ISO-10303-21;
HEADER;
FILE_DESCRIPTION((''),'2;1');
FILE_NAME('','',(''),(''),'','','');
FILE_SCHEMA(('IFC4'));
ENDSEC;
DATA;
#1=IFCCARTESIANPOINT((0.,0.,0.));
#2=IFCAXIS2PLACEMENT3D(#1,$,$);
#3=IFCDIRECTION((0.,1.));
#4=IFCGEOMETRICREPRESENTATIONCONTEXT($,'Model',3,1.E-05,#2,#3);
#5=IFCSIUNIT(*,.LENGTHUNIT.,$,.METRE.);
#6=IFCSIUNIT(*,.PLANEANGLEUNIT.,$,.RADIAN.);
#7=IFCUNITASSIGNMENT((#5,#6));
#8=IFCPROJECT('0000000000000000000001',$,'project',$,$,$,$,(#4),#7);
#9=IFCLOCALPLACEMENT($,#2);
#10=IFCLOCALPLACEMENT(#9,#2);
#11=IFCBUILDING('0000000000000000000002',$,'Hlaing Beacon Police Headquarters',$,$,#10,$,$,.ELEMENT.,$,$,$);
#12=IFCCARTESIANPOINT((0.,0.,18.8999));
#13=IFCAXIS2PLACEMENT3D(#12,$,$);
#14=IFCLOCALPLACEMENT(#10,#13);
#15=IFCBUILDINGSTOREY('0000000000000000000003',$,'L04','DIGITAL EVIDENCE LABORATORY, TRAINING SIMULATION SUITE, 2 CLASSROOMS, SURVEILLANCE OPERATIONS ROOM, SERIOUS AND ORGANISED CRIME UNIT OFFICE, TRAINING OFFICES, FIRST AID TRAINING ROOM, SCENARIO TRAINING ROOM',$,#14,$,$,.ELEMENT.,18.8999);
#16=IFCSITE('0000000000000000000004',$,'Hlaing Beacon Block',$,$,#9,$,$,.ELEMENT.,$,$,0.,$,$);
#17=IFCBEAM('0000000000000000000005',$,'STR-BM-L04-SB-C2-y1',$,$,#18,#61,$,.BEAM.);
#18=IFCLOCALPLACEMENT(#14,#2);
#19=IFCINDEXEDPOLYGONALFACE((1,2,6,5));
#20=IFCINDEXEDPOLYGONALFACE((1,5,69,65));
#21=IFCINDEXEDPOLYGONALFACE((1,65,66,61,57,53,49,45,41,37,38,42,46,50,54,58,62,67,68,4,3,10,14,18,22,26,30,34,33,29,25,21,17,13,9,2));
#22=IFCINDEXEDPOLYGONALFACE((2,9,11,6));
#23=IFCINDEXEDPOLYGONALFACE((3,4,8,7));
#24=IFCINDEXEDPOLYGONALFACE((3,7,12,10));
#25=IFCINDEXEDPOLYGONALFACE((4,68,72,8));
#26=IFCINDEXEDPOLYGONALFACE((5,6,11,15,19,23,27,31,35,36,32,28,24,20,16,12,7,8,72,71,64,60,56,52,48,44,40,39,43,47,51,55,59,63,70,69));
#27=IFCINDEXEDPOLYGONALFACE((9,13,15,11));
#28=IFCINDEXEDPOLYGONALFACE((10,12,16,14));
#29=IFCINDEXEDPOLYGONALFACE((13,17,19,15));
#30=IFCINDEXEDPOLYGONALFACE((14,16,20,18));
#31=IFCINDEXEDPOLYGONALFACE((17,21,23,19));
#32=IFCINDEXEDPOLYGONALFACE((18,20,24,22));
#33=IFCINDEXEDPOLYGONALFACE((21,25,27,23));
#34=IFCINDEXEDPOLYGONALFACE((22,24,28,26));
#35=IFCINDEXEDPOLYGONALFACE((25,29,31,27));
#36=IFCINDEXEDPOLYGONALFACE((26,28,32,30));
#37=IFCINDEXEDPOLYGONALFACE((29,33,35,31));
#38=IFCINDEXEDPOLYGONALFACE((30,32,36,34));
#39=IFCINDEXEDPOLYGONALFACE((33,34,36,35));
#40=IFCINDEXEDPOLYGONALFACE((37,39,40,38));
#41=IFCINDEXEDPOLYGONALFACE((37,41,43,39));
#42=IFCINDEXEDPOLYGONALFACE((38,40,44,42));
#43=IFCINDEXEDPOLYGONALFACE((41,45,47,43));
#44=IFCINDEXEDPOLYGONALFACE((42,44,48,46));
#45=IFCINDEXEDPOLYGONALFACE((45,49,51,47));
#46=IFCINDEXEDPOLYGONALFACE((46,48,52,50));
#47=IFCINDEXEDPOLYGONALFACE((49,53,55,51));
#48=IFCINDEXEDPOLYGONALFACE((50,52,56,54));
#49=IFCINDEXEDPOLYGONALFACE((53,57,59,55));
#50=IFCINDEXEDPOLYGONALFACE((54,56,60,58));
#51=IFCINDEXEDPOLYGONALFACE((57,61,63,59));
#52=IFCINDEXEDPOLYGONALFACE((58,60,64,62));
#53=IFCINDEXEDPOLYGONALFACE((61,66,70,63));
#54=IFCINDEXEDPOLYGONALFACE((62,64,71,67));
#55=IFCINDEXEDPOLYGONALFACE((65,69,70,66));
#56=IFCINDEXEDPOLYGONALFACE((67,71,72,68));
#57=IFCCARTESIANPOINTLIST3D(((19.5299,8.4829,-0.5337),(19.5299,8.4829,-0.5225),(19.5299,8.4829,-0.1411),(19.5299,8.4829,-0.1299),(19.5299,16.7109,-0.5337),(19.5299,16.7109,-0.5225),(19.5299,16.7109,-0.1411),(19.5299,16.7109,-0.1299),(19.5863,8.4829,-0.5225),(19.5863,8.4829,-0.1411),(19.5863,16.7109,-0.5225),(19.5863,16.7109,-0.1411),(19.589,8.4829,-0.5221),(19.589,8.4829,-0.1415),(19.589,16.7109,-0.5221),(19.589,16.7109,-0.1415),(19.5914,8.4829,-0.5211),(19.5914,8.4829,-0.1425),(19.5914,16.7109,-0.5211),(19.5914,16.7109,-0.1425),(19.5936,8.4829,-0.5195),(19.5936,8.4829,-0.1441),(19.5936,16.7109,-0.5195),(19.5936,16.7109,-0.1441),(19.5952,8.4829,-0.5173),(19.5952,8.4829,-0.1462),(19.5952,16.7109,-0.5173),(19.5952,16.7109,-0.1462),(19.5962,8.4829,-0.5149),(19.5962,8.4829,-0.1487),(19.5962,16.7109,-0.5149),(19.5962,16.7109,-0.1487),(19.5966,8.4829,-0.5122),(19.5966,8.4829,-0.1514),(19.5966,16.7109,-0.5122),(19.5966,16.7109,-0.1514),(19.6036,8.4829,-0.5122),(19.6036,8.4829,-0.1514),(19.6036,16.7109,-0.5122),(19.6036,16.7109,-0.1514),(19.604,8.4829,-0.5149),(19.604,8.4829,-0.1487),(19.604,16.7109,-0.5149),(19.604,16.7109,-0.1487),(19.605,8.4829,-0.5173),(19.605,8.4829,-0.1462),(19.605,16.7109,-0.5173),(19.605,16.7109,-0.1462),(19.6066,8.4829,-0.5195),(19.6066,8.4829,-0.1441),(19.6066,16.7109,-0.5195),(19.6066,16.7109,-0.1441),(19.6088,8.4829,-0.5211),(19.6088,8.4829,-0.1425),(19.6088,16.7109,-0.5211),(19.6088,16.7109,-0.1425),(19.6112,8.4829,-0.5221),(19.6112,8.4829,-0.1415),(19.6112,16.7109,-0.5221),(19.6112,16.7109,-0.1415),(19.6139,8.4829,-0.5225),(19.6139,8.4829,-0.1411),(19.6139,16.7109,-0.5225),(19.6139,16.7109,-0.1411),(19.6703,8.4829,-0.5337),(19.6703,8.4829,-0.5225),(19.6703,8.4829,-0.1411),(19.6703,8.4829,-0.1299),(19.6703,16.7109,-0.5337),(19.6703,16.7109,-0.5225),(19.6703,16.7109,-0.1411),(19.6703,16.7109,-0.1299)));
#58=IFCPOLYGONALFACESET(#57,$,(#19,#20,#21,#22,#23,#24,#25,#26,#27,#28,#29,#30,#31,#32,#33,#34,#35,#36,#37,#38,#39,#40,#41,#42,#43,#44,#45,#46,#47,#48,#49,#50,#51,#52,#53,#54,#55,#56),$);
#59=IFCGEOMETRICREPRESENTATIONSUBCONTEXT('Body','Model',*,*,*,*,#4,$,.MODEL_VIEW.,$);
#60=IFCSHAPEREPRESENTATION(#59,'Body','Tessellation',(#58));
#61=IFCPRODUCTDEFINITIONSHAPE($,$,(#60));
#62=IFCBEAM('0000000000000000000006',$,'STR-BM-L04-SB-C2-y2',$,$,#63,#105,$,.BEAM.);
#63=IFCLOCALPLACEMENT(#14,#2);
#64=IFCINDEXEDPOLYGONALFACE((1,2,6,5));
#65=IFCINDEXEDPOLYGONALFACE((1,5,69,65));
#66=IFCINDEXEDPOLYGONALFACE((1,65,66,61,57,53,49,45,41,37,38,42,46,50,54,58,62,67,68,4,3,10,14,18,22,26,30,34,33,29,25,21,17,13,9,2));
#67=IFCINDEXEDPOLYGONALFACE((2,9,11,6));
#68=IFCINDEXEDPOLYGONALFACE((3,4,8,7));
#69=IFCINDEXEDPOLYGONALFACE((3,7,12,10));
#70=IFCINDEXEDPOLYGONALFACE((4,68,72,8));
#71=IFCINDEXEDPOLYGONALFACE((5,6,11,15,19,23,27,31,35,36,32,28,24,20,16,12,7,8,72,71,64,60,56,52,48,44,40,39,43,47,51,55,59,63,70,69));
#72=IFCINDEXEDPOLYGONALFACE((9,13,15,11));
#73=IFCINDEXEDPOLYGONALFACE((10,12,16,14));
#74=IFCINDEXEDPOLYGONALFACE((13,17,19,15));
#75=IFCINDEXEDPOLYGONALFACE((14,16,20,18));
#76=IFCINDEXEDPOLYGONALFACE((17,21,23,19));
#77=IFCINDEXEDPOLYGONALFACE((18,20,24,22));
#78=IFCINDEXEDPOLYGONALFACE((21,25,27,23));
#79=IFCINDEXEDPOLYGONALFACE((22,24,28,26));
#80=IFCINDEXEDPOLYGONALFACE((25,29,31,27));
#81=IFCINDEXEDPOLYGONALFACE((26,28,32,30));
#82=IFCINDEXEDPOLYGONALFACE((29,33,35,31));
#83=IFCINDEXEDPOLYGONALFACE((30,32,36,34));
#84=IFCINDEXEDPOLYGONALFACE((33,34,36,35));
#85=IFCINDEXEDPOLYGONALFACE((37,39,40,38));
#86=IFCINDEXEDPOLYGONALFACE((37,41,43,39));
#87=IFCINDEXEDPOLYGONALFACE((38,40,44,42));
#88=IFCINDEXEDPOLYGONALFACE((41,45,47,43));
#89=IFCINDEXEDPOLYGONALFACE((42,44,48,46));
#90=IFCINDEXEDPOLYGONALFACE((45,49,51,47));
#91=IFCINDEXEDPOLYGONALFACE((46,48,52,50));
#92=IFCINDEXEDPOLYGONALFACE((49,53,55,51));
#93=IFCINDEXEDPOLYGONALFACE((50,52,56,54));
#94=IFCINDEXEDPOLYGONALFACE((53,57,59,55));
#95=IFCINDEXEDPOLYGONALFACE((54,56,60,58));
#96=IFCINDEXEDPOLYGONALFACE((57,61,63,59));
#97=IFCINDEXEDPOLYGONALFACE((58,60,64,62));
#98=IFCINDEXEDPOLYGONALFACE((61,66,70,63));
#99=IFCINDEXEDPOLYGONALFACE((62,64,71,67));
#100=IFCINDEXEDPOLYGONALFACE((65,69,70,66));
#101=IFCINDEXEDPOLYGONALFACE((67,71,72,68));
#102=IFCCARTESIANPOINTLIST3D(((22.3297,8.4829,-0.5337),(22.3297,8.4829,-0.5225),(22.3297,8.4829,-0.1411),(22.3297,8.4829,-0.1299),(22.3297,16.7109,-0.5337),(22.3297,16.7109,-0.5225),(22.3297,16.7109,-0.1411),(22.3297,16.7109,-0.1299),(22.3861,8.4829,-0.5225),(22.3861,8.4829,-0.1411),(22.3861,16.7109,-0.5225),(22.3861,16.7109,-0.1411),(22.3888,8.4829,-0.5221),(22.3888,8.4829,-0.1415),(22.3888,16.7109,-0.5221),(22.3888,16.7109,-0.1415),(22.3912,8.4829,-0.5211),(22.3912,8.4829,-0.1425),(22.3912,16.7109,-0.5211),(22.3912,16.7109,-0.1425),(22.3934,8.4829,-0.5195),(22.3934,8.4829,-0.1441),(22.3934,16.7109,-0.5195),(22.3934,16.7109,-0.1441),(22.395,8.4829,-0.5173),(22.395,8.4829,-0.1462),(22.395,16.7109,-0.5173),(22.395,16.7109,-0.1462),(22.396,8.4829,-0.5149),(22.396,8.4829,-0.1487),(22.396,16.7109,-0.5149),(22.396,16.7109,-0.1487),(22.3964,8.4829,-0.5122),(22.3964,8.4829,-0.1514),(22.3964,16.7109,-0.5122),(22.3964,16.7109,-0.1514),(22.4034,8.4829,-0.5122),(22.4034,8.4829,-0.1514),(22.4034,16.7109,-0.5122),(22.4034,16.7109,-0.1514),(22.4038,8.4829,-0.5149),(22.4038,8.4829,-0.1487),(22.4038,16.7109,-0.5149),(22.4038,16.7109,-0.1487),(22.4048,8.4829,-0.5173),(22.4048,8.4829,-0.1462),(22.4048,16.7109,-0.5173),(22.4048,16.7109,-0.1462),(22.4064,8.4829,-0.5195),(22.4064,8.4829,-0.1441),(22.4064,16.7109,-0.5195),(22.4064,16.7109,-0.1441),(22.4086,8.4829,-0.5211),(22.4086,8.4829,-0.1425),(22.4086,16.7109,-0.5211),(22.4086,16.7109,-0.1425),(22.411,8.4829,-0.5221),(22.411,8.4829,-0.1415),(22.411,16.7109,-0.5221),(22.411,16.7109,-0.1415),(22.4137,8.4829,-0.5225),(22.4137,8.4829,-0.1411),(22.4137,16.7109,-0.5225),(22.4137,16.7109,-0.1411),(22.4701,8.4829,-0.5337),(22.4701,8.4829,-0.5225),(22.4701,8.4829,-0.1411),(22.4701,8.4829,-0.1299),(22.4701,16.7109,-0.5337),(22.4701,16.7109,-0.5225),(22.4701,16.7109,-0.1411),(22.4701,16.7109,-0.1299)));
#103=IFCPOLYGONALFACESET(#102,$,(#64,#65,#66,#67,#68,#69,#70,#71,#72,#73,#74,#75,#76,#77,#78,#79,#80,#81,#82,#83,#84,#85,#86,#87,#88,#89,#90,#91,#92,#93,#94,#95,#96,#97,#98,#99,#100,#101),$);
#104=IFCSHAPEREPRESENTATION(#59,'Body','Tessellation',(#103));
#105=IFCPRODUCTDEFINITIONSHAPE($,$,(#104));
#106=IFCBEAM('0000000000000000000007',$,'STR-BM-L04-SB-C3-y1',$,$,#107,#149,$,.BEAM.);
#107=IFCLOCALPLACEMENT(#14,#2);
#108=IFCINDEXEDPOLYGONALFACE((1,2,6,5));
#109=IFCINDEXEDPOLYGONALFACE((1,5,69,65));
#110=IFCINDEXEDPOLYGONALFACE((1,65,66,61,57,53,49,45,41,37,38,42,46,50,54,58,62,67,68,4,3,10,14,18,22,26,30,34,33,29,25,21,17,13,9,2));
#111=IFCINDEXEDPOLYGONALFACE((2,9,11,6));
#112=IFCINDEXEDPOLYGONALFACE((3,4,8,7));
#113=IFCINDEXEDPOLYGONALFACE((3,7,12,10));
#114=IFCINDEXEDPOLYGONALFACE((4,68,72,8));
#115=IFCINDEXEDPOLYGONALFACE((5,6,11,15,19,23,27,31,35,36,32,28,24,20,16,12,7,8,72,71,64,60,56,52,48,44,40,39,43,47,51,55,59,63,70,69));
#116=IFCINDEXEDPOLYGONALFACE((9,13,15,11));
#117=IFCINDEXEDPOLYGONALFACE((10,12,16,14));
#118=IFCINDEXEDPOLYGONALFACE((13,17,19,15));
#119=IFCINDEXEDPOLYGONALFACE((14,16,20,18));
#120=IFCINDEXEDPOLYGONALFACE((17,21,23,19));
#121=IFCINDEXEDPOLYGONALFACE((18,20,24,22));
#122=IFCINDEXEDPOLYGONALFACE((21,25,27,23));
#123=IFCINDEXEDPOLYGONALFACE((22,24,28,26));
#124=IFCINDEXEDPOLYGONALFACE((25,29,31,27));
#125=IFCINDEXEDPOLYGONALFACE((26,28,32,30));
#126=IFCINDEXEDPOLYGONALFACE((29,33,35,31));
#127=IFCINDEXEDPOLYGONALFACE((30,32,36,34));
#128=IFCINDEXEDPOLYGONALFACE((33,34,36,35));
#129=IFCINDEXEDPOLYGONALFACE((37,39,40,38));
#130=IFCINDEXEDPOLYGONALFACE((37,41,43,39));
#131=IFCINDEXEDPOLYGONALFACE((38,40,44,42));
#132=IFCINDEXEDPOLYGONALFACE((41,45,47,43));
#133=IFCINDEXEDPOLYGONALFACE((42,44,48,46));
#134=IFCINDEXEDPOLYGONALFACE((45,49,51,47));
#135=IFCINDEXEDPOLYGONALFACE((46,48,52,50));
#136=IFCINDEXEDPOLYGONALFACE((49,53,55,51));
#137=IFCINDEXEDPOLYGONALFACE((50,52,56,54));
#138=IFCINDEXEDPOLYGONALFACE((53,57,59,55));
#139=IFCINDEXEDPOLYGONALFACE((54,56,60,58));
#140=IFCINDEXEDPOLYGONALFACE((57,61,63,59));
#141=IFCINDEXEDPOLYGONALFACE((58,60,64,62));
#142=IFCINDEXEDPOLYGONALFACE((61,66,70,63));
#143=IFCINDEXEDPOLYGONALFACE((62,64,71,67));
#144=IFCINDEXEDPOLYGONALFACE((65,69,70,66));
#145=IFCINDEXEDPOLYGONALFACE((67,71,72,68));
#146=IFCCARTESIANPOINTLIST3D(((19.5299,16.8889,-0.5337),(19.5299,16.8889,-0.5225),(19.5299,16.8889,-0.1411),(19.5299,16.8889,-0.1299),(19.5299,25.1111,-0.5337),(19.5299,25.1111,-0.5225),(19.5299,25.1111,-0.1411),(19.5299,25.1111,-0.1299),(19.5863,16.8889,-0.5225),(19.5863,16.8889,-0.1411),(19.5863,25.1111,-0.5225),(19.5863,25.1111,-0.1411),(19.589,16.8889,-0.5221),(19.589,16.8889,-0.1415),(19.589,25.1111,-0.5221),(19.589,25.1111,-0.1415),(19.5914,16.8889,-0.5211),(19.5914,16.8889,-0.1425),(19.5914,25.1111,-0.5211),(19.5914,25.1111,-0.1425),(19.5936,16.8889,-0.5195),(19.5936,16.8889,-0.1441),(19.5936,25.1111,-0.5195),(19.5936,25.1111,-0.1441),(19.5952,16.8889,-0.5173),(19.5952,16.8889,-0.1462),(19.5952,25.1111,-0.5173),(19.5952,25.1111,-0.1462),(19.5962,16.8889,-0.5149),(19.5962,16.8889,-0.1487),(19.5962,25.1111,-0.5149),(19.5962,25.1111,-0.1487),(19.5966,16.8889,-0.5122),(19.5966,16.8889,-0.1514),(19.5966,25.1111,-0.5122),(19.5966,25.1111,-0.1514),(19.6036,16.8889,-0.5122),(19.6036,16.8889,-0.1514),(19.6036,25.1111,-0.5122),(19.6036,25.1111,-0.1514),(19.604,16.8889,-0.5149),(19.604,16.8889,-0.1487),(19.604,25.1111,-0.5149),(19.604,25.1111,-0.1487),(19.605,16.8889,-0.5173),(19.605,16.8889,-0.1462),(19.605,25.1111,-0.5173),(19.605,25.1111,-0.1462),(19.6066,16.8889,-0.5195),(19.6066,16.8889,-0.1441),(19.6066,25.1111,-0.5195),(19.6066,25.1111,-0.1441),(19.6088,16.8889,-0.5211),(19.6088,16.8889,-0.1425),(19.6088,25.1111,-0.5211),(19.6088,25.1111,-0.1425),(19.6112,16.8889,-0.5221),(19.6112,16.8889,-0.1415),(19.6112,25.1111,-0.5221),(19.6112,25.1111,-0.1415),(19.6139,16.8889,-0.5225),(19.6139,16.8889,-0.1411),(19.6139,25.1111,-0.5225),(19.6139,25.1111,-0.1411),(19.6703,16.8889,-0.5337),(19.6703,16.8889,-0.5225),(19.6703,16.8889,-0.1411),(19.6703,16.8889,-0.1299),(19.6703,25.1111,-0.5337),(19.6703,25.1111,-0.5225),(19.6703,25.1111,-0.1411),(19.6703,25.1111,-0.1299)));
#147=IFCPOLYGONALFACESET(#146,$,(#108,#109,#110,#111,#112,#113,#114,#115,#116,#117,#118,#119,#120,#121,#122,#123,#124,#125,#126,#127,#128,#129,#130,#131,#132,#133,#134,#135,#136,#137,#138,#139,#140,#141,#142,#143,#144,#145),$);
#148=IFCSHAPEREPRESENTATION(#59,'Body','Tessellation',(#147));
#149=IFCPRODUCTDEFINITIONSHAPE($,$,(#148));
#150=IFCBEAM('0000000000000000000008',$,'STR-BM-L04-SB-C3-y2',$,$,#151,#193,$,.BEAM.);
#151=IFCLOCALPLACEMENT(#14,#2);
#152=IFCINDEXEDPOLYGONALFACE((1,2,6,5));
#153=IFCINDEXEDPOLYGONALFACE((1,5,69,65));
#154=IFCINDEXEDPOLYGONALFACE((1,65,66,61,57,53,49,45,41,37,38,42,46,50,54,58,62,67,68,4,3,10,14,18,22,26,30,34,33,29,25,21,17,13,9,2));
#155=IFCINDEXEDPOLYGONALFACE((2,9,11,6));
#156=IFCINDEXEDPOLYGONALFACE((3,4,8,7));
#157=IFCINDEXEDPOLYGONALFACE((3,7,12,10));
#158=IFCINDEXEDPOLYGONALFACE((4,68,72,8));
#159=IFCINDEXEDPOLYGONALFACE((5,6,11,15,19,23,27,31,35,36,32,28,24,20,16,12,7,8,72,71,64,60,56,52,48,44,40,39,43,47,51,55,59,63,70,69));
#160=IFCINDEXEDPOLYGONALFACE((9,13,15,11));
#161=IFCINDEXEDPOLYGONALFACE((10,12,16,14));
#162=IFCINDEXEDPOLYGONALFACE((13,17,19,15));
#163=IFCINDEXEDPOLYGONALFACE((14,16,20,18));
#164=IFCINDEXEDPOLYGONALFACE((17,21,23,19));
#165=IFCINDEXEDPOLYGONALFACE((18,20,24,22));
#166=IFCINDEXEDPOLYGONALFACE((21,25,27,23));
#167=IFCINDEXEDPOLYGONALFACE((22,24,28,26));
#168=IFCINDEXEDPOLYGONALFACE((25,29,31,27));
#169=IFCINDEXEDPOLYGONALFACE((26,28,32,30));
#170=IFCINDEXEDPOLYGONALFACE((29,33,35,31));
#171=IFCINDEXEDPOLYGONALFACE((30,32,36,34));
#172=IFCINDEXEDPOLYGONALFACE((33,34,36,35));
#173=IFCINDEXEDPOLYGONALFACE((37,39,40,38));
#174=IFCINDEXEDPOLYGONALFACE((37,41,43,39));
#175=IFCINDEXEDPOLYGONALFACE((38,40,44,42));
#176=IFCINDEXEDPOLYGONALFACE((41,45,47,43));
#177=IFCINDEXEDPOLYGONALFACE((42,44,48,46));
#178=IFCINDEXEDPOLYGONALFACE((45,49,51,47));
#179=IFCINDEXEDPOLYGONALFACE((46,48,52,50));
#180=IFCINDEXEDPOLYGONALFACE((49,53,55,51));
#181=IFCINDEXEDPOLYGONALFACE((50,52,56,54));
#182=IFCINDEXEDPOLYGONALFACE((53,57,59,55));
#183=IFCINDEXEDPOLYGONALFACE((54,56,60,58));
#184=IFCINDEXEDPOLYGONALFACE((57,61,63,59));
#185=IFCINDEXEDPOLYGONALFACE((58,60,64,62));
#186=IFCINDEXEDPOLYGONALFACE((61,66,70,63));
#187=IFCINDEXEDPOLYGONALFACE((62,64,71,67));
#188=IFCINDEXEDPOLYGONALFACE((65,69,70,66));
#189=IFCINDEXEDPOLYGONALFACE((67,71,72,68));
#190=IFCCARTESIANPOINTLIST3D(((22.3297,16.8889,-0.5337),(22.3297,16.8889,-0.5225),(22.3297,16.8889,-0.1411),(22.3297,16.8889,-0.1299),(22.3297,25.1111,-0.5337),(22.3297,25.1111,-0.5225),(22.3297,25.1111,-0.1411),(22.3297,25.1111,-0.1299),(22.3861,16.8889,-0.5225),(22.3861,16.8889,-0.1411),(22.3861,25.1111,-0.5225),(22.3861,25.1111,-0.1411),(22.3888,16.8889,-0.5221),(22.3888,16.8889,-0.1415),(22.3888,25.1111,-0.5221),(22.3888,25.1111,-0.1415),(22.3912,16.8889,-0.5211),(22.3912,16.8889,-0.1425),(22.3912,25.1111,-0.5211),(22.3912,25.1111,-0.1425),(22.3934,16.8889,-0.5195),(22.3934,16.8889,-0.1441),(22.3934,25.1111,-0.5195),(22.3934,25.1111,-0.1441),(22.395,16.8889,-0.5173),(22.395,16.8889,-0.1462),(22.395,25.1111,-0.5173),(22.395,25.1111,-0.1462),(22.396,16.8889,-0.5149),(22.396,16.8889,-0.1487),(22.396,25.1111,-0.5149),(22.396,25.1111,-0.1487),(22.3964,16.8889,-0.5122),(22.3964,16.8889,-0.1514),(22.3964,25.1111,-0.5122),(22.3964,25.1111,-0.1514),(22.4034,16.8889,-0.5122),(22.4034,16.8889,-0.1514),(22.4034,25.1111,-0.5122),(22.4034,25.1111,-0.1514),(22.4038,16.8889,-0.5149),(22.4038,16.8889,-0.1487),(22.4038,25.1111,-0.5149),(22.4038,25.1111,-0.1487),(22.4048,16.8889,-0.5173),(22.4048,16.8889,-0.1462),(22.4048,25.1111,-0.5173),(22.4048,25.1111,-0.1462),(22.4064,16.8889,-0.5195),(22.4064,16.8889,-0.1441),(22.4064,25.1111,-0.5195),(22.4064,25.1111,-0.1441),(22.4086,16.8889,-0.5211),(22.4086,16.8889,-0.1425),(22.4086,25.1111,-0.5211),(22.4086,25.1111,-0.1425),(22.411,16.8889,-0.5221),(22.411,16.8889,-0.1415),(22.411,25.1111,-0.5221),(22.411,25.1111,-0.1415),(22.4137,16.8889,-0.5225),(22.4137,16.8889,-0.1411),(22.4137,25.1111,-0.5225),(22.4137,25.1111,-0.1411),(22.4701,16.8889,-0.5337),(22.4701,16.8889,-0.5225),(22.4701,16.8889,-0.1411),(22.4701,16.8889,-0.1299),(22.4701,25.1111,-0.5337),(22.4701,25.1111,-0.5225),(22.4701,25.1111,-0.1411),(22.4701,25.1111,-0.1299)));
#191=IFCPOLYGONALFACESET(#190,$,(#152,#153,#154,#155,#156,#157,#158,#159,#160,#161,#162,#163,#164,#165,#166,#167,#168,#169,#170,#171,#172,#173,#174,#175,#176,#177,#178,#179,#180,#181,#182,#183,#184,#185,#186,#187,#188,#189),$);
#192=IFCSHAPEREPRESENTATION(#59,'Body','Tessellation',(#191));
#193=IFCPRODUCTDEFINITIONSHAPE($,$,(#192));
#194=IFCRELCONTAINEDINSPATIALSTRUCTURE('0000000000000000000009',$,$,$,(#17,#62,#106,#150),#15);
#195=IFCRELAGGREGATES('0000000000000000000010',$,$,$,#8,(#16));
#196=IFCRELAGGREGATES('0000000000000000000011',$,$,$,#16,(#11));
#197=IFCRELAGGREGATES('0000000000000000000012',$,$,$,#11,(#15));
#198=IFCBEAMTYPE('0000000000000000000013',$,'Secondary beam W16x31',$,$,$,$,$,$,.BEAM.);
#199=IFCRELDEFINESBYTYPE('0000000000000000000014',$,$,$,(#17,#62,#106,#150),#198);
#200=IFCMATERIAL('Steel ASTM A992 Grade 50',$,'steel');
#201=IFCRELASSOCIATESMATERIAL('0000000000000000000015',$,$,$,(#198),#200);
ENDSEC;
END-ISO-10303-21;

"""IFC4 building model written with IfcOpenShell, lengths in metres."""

from ifc_helpers import new_model, si_unit, direction, frame, origin, origin_2d, place, context, subcontext, project, spatial, i_section, extrude, material, material_profile, profile_set, type_object, element, save


model = new_model("IFC4")

# Units and contexts
model_context = context("Model", 3, precision=1e-05, world=origin(), true_north=direction((0.0, 1.0)))
body_context = subcontext(model_context, "Body", "Model", "MODEL_VIEW")
ifc_project = project(units=[si_unit("LENGTHUNIT", "METRE"), si_unit("PLANEANGLEUNIT", "RADIAN")], contexts=[model_context])

# Site, building, storey
site_placement = place(None, origin())
site = spatial("IfcSite", under=ifc_project, at=site_placement, Name="Hlaing Beacon Block", CompositionType="ELEMENT", RefElevation=0.0)
building_placement = place(site_placement, origin())
building = spatial("IfcBuilding", under=site, at=building_placement, Name="Hlaing Beacon Police Headquarters", CompositionType="ELEMENT")
storey_placement = place(building_placement, frame((0.0, 0.0, 18.8999)))
storey = spatial("IfcBuildingStorey", under=building, at=storey_placement, Name="L04", Description="DIGITAL EVIDENCE LABORATORY, TRAINING SIMULATION SUITE, 2 CLASSROOMS, SURVEILLANCE OPERATIONS ROOM, SERIOUS AND ORGANISED CRIME UNIT OFFICE, TRAINING OFFICES, FIRST AID TRAINING ROOM, SCENARIO TRAINING ROOM", CompositionType="ELEMENT", Elevation=18.8999)

# Beams
ifc_material_1 = material(Name="Steel ASTM A992 Grade 50", Category="steel")
ifc_material_profile_1 = material_profile(ifc_material_1, i_section(OverallWidth=0.1404, OverallDepth=0.4038, WebThickness=0.0071, FlangeThickness=0.0112, FilletRadius=0.0103, at=origin_2d()), Name="W16x31")
ifc_profile_set_1 = profile_set([ifc_material_profile_1], Name="Steel ASTM A992 Grade 50")
beam_type_1 = type_object("IfcBeamType", Name="Secondary beam W16x31", PredefinedType="BEAM", material=ifc_profile_set_1)
for number, where, z_axis, x_axis, name in (
    (1, (19.6001, 8.4829, -0.3318), (0.0, 1.0, 0.0), (-1.0, 0.0, 0.0), "STR-BM-L04-SB-C2-y1"),
    (2, (22.3999, 8.4829, -0.3318), (0.0, 1.0, 0.0), (-1.0, 0.0, 0.0), "STR-BM-L04-SB-C2-y2"),
):
    element("IfcBeam", number, at=place(storey_placement, frame(where, z_axis=z_axis, x_axis=x_axis)), inside=storey, type_object=beam_type_1, Name=name, PredefinedType="BEAM", context=body_context, shape_type="SweptSolid", body=[
        extrude(i_section(OverallWidth=0.1404, OverallDepth=0.4038, WebThickness=0.0071, FlangeThickness=0.0112, FilletRadius=0.0103, at=origin_2d()), origin(), (0.0, 0.0, 1.0), 8.228),
    ])
for number, where, z_axis, x_axis, name in (
    (3, (19.6001, 16.8889, -0.3318), (0.0, 1.0, 0.0), (-1.0, 0.0, 0.0), "STR-BM-L04-SB-C3-y1"),
    (4, (22.3999, 16.8889, -0.3318), (0.0, 1.0, 0.0), (-1.0, 0.0, 0.0), "STR-BM-L04-SB-C3-y2"),
):
    element("IfcBeam", number, at=place(storey_placement, frame(where, z_axis=z_axis, x_axis=x_axis)), inside=storey, type_object=beam_type_1, Name=name, PredefinedType="BEAM", context=body_context, shape_type="SweptSolid", body=[
        extrude(i_section(OverallWidth=0.1404, OverallDepth=0.4038, WebThickness=0.0071, FlangeThickness=0.0112, FilletRadius=0.0103, at=origin_2d()), origin(), (0.0, 0.0, 1.0), 8.2222),
    ])

save(model, "model.ifc")
